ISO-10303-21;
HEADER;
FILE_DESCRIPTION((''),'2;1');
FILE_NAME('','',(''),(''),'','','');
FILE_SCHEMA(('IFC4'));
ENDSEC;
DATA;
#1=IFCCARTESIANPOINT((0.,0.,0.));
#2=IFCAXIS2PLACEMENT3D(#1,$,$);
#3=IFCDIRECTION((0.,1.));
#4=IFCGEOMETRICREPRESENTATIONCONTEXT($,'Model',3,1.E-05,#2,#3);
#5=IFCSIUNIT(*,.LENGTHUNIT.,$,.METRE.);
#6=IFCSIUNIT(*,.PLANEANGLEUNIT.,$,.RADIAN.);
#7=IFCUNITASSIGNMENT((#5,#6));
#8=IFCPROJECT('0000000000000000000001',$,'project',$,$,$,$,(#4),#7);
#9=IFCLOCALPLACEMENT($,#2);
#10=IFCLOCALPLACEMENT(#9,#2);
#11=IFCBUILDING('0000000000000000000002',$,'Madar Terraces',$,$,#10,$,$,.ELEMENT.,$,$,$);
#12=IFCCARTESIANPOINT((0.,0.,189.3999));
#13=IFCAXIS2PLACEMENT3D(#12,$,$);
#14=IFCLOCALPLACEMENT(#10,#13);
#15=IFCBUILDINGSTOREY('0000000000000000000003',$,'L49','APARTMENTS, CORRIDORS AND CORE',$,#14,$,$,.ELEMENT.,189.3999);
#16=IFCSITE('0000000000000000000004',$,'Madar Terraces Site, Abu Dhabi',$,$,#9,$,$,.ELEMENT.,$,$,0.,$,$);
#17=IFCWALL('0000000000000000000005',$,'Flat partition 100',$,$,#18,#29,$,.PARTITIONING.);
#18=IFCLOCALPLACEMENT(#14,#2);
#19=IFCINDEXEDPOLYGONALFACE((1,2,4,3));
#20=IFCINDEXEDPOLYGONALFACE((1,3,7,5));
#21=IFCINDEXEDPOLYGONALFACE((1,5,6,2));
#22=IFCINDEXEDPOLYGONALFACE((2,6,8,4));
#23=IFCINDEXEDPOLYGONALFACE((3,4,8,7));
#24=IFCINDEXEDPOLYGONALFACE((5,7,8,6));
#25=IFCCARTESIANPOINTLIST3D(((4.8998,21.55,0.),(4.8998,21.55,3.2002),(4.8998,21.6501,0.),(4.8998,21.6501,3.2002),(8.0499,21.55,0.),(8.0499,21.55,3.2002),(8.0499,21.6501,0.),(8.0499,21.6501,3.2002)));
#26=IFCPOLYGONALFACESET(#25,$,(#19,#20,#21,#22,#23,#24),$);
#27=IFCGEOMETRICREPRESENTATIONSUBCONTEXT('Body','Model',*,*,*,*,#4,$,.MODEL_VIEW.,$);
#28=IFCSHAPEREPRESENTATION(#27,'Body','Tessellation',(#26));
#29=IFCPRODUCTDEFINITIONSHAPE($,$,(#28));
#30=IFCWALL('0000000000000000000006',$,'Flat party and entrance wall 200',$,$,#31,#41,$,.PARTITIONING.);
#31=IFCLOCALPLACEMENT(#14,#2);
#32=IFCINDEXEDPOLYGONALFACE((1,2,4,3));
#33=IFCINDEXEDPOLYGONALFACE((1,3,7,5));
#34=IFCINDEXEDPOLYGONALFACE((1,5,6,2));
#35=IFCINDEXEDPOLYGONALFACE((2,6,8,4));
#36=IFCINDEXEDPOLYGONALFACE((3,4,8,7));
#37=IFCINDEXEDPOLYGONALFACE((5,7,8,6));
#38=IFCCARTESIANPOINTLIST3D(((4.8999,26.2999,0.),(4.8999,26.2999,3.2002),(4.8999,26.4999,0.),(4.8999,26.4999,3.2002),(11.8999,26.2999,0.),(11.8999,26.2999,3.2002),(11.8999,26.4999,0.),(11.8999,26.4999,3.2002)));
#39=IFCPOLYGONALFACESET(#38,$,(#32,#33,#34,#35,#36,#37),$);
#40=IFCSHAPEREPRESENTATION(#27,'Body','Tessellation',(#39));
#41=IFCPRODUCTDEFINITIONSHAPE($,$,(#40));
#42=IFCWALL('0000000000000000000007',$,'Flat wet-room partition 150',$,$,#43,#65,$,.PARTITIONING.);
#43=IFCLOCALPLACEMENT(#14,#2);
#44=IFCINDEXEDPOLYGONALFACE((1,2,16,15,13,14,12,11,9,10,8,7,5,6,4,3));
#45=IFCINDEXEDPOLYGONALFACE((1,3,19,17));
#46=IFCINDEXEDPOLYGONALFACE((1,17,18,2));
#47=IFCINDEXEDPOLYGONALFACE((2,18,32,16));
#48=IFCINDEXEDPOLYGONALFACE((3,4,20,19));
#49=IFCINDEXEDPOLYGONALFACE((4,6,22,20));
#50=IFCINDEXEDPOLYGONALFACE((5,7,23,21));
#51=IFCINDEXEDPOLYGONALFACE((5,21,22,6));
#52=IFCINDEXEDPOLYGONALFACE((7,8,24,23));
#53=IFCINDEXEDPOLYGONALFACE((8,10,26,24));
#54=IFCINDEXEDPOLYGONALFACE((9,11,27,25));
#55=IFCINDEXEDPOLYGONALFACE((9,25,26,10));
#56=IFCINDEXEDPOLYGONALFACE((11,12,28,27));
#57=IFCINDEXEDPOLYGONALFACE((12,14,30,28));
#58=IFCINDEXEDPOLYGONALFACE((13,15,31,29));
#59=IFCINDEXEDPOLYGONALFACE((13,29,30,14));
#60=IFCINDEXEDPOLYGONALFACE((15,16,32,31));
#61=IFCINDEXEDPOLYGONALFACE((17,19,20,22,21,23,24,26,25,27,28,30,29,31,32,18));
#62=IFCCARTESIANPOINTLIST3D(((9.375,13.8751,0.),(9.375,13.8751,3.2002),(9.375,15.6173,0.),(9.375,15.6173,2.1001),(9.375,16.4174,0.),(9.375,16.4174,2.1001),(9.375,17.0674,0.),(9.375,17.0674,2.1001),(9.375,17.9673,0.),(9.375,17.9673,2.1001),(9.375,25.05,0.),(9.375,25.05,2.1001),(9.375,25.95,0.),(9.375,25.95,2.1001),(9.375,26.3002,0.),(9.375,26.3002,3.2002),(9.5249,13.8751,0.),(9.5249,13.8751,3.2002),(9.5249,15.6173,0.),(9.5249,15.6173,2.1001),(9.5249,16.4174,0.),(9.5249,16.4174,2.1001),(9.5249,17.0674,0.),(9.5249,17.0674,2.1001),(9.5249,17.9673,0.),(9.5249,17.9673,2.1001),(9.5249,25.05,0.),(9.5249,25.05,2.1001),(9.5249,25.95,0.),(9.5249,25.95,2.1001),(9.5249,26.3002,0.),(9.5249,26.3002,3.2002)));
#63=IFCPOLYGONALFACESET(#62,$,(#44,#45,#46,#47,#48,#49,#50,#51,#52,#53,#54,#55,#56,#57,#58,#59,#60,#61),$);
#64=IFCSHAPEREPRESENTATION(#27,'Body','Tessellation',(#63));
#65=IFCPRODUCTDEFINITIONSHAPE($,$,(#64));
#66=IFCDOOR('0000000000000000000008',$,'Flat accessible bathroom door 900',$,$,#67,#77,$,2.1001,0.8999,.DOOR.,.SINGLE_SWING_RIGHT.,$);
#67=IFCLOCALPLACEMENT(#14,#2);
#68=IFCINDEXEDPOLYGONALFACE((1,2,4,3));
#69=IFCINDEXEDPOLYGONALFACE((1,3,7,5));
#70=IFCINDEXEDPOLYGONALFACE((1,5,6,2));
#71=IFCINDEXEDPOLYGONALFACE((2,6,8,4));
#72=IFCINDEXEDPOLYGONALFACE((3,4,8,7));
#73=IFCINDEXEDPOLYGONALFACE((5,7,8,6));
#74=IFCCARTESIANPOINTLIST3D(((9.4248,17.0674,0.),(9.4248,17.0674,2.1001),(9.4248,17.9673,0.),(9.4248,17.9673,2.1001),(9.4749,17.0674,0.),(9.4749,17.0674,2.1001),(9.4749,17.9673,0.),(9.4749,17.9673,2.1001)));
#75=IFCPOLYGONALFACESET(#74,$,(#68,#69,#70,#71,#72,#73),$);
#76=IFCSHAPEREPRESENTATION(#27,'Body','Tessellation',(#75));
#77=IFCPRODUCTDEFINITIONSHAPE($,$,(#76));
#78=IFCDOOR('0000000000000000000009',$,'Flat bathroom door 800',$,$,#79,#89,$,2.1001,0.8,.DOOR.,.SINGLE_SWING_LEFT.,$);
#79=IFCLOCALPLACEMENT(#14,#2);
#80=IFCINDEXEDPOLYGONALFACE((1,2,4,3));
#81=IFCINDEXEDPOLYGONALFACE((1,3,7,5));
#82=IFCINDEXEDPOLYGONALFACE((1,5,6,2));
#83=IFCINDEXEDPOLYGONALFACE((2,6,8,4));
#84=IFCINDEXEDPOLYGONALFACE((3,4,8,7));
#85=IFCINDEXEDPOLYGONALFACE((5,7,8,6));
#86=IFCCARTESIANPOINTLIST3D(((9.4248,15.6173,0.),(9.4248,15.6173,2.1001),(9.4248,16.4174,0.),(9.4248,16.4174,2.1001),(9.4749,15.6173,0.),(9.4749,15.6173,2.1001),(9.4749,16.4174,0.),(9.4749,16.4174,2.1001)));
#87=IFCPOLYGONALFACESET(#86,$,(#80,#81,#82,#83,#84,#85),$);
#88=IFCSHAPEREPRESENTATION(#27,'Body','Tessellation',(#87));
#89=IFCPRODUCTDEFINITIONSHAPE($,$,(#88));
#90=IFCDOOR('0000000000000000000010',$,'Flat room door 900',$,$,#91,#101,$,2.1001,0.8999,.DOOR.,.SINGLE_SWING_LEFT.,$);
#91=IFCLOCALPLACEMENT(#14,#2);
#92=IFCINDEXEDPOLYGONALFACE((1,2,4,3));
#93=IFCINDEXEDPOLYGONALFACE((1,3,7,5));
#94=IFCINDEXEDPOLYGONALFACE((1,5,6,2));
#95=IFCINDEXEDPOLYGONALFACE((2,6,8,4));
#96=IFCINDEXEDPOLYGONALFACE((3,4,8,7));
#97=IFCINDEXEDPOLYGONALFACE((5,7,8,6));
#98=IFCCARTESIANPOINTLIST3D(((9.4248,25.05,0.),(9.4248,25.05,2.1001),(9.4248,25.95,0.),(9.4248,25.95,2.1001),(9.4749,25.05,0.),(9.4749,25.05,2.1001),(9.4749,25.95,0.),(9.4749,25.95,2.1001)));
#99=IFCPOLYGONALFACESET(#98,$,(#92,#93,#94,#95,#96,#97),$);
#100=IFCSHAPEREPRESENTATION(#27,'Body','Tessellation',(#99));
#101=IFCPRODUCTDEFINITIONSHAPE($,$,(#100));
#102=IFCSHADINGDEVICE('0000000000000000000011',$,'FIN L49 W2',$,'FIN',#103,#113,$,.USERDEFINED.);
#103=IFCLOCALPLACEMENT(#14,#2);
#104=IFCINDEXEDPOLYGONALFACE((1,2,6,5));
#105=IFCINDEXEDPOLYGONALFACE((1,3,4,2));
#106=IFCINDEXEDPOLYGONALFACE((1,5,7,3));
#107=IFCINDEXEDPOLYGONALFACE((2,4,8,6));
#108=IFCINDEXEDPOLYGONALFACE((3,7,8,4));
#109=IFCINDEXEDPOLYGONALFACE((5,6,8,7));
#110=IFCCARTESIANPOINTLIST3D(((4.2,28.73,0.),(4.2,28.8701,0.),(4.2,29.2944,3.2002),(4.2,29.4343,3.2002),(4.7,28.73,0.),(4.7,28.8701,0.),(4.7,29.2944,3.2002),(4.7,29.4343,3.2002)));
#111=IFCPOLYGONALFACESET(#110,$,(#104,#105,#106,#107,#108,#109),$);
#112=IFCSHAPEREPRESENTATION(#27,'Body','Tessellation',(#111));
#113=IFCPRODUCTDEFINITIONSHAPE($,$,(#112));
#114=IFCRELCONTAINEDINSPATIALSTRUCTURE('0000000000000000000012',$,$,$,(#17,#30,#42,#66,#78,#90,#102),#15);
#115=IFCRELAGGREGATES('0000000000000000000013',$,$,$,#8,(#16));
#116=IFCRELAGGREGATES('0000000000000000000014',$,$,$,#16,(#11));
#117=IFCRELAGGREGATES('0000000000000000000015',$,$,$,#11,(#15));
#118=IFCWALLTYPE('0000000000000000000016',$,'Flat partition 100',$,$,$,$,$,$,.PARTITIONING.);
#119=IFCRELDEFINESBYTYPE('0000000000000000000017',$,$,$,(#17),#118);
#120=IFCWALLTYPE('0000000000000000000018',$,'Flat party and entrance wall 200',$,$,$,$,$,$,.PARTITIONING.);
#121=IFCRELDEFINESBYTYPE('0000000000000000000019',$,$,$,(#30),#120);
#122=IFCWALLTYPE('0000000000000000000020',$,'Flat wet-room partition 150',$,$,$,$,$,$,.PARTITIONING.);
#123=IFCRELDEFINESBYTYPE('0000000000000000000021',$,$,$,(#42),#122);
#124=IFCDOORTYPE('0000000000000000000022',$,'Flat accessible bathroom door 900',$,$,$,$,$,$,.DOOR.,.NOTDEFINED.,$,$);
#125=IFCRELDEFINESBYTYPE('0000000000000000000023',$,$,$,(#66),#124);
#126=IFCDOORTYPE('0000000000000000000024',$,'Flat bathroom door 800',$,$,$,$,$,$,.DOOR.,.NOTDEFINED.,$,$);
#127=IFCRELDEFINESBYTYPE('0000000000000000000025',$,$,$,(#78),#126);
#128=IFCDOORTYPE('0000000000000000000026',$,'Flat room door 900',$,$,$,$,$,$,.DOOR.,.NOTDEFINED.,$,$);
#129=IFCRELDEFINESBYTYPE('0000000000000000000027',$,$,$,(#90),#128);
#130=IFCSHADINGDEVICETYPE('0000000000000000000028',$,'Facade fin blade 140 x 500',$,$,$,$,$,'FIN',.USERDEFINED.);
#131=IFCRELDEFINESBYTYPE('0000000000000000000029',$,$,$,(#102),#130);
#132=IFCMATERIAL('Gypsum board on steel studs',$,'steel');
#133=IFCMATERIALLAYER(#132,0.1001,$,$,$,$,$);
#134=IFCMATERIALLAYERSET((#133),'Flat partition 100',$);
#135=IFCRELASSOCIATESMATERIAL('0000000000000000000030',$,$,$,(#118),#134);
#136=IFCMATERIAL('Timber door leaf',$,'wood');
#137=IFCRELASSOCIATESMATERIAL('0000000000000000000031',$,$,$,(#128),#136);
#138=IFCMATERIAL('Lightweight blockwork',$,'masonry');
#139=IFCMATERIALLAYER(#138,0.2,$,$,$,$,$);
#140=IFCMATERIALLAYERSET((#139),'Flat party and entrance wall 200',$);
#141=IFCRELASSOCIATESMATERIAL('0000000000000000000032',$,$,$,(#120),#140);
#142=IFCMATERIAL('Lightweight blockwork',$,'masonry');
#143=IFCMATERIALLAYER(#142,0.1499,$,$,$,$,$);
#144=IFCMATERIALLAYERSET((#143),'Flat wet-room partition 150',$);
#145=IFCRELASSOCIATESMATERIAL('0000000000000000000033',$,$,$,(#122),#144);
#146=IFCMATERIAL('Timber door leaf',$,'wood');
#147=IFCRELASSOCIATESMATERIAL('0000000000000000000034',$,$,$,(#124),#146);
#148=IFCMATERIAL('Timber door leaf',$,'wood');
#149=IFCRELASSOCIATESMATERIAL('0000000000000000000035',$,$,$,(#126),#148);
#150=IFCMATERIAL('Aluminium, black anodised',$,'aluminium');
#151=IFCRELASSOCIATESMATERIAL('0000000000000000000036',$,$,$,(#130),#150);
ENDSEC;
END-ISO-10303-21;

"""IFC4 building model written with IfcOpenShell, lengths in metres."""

from ifc_helpers import new_model, si_unit, direction, frame, frame_2d, origin, place, context, subcontext, project, spatial, polyline, rectangle, outline, extrude, material, layer, layer_set, type_object, element, fill, save


model = new_model("IFC4")

# Units and contexts
model_context = context("Model", 3, precision=1e-05, world=origin(), true_north=direction((0.0, 1.0)))
body_context = subcontext(model_context, "Body", "Model", "MODEL_VIEW")
ifc_project = project(units=[si_unit("LENGTHUNIT", "METRE"), si_unit("PLANEANGLEUNIT", "RADIAN")], contexts=[model_context])

# Site, building, storey
site_placement = place(None, origin())
site = spatial("IfcSite", under=ifc_project, at=site_placement, Name="Madar Terraces Site, Abu Dhabi", CompositionType="ELEMENT", RefElevation=0.0)
building_placement = place(site_placement, origin())
building = spatial("IfcBuilding", under=site, at=building_placement, Name="Madar Terraces", CompositionType="ELEMENT")
storey_placement = place(building_placement, frame((0.0, 0.0, 189.3999)))
storey = spatial("IfcBuildingStorey", under=building, at=storey_placement, Name="L49", Description="APARTMENTS, CORRIDORS AND CORE", CompositionType="ELEMENT", Elevation=189.3999)

# Shared definitions
ifc_material_1 = material(Name="Gypsum board on steel studs", Category="steel")
ifc_layer_1 = layer(ifc_material_1, 0.1001)
ifc_layer_set_1 = layer_set([ifc_layer_1], Name="Flat partition 100")
wall_type_1 = type_object("IfcWallType", Name="Flat partition 100", PredefinedType="PARTITIONING", material=ifc_layer_set_1)
ifc_material_2 = material(Name="Timber door leaf", Category="wood")
door_type_1 = type_object("IfcDoorType", Name="Flat room door 900", OperationType="NOTDEFINED", PredefinedType="DOOR", material=ifc_material_2)

# Walls
wall_1_placement = place(storey_placement, frame((8.05, 21.6001, 0.0), z_axis=(0.0, 0.0, 1.0), x_axis=(-1.0, 0.0, 0.0)))
element("IfcWall", 1, at=wall_1_placement, inside=storey, type_object=wall_type_1, Name="Flat partition 100", PredefinedType="PARTITIONING", context=body_context, shape_type="SweptSolid", body=[
    extrude(rectangle(XDim=3.1501, YDim=0.1001, at=frame_2d((1.5752, 0.0))), origin(), (0.0, 0.0, 1.0), 3.2002),
])
ifc_material_3 = material(Name="Lightweight blockwork", Category="masonry")
ifc_layer_2 = layer(ifc_material_3, 0.2)
ifc_layer_set_2 = layer_set([ifc_layer_2], Name="Flat party and entrance wall 200")
wall_type_2 = type_object("IfcWallType", Name="Flat party and entrance wall 200", PredefinedType="PARTITIONING", material=ifc_layer_set_2)
wall_2_placement = place(storey_placement, frame((4.8999, 26.3999, 0.0), z_axis=(0.0, 0.0, 1.0), x_axis=(1.0, 0.0, 0.0)))
element("IfcWall", 2, at=wall_2_placement, inside=storey, type_object=wall_type_2, Name="Flat party and entrance wall 200", PredefinedType="PARTITIONING", context=body_context, shape_type="SweptSolid", body=[
    extrude(rectangle(XDim=7.0, YDim=0.2, at=frame_2d((3.5, 0.0))), origin(), (0.0, 0.0, 1.0), 3.2002),
])

# Wall, openings, doors
ifc_material_4 = material(Name="Lightweight blockwork", Category="masonry")
ifc_layer_3 = layer(ifc_material_4, 0.1499)
ifc_layer_set_3 = layer_set([ifc_layer_3], Name="Flat wet-room partition 150")
wall_type_3 = type_object("IfcWallType", Name="Flat wet-room partition 150", PredefinedType="PARTITIONING", material=ifc_layer_set_3)
wall_3_placement = place(storey_placement, frame((9.45, 26.3, 0.0), z_axis=(0.0, 0.0, 1.0), x_axis=(0.0, -1.0, 0.0)))
wall_3 = element("IfcWall", 3, at=wall_3_placement, inside=storey, type_object=wall_type_3, Name="Flat wet-room partition 150", PredefinedType="PARTITIONING", context=body_context, shape_type="SweptSolid", body=[
    extrude(rectangle(XDim=12.425, YDim=0.1499, at=frame_2d((6.2124, 0.0))), origin(), (0.0, 0.0, 1.0), 3.2002),
])
opening_1_placement = place(wall_3_placement, frame((9.8828, 0.0, 0.0)))
opening_1 = element("IfcOpeningElement", 4, at=opening_1_placement, cuts=wall_3, PredefinedType="OPENING", context=body_context, shape_type="SweptSolid", body=[
    extrude(rectangle(XDim=0.8, YDim=2.1001, at=frame_2d((0.3999, 1.05))), frame((0.0, 0.085, 0.0), z_axis=(0.0, -1.0, 0.0), x_axis=(1.0, 0.0, 0.0)), (0.0, 0.0, 1.0), 0.1699),
])
opening_2_placement = place(wall_3_placement, frame((8.3328, 0.0, 0.0)))
opening_2 = element("IfcOpeningElement", 5, at=opening_2_placement, cuts=wall_3, PredefinedType="OPENING", context=body_context, shape_type="SweptSolid", body=[
    extrude(rectangle(XDim=0.8999, YDim=2.1001, at=frame_2d((0.45, 1.05))), frame((0.0, 0.085, 0.0), z_axis=(0.0, -1.0, 0.0), x_axis=(1.0, 0.0, 0.0)), (0.0, 0.0, 1.0), 0.1699),
])
opening_3_placement = place(wall_3_placement, frame((0.3501, 0.0, 0.0)))
opening_3 = element("IfcOpeningElement", 6, at=opening_3_placement, cuts=wall_3, PredefinedType="OPENING", context=body_context, shape_type="SweptSolid", body=[
    extrude(rectangle(XDim=0.8999, YDim=2.1001, at=frame_2d((0.45, 1.05))), frame((0.0, 0.085, 0.0), z_axis=(0.0, -1.0, 0.0), x_axis=(1.0, 0.0, 0.0)), (0.0, 0.0, 1.0), 0.1699),
])
ifc_material_5 = material(Name="Timber door leaf", Category="wood")
door_type_2 = type_object("IfcDoorType", Name="Flat accessible bathroom door 900", OperationType="NOTDEFINED", PredefinedType="DOOR", material=ifc_material_5)
door_1_placement = place(opening_2_placement, origin())
door_1 = element("IfcDoor", 7, at=door_1_placement, inside=storey, type_object=door_type_2, Name="Flat accessible bathroom door 900", OperationType="SINGLE_SWING_RIGHT", OverallHeight=2.1001, OverallWidth=0.8999, PredefinedType="DOOR", context=body_context, shape_type="SweptSolid", body=[
    extrude(rectangle(XDim=0.8999, YDim=2.1001, at=frame_2d((0.45, 1.05))), frame((0.0, 0.0249, 0.0), z_axis=(0.0, -1.0, 0.0), x_axis=(1.0, 0.0, 0.0)), (0.0, 0.0, 1.0), 0.05),
])
fill(opening_2, door_1)
ifc_material_6 = material(Name="Timber door leaf", Category="wood")
door_type_3 = type_object("IfcDoorType", Name="Flat bathroom door 800", OperationType="NOTDEFINED", PredefinedType="DOOR", material=ifc_material_6)
door_2_placement = place(opening_1_placement, origin())
door_2 = element("IfcDoor", 8, at=door_2_placement, inside=storey, type_object=door_type_3, Name="Flat bathroom door 800", OperationType="SINGLE_SWING_LEFT", OverallHeight=2.1001, OverallWidth=0.8, PredefinedType="DOOR", context=body_context, shape_type="SweptSolid", body=[
    extrude(rectangle(XDim=0.8, YDim=2.1001, at=frame_2d((0.3999, 1.05))), frame((0.0, 0.0249, 0.0), z_axis=(0.0, -1.0, 0.0), x_axis=(1.0, 0.0, 0.0)), (0.0, 0.0, 1.0), 0.05),
])
fill(opening_1, door_2)
door_3_placement = place(opening_3_placement, origin())
door_3 = element("IfcDoor", 9, at=door_3_placement, inside=storey, type_object=door_type_1, Name="Flat room door 900", OperationType="SINGLE_SWING_LEFT", OverallHeight=2.1001, OverallWidth=0.8999, PredefinedType="DOOR", context=body_context, shape_type="SweptSolid", body=[
    extrude(rectangle(XDim=0.8999, YDim=2.1001, at=frame_2d((0.45, 1.05))), frame((0.0, 0.0249, 0.0), z_axis=(0.0, -1.0, 0.0), x_axis=(1.0, 0.0, 0.0)), (0.0, 0.0, 1.0), 0.05),
])
fill(opening_3, door_3)

# Shading device
ifc_material_7 = material(Name="Aluminium, black anodised", Category="aluminium")
shading_device_type = type_object("IfcShadingDeviceType", Name="Facade fin blade 140 x 500", ElementType="FIN", PredefinedType="USERDEFINED", material=ifc_material_7)
shading_device_placement = place(storey_placement, frame((4.45, 28.8701, 0.0), z_axis=(0.0, 0.0, 1.0), x_axis=(0.0, -1.0, 0.0)))
element("IfcShadingDevice", 10, at=shading_device_placement, inside=storey, type_object=shading_device_type, Name="FIN L49 W2", ObjectType="FIN", PredefinedType="USERDEFINED", context=body_context, shape_type="SweptSolid", body=[
    extrude(outline(polyline([(0.0, 0.0), (0.1401, 0.0), (-0.4243, 3.2002), (-0.5642, 3.2002), (0.0, 0.0)])), frame((0.0, 0.25, 0.0), z_axis=(0.0, -1.0, 0.0), x_axis=(1.0, 0.0, 0.0)), (0.0, 0.0, 1.0), 0.5),
])

save(model, "model.ifc")
